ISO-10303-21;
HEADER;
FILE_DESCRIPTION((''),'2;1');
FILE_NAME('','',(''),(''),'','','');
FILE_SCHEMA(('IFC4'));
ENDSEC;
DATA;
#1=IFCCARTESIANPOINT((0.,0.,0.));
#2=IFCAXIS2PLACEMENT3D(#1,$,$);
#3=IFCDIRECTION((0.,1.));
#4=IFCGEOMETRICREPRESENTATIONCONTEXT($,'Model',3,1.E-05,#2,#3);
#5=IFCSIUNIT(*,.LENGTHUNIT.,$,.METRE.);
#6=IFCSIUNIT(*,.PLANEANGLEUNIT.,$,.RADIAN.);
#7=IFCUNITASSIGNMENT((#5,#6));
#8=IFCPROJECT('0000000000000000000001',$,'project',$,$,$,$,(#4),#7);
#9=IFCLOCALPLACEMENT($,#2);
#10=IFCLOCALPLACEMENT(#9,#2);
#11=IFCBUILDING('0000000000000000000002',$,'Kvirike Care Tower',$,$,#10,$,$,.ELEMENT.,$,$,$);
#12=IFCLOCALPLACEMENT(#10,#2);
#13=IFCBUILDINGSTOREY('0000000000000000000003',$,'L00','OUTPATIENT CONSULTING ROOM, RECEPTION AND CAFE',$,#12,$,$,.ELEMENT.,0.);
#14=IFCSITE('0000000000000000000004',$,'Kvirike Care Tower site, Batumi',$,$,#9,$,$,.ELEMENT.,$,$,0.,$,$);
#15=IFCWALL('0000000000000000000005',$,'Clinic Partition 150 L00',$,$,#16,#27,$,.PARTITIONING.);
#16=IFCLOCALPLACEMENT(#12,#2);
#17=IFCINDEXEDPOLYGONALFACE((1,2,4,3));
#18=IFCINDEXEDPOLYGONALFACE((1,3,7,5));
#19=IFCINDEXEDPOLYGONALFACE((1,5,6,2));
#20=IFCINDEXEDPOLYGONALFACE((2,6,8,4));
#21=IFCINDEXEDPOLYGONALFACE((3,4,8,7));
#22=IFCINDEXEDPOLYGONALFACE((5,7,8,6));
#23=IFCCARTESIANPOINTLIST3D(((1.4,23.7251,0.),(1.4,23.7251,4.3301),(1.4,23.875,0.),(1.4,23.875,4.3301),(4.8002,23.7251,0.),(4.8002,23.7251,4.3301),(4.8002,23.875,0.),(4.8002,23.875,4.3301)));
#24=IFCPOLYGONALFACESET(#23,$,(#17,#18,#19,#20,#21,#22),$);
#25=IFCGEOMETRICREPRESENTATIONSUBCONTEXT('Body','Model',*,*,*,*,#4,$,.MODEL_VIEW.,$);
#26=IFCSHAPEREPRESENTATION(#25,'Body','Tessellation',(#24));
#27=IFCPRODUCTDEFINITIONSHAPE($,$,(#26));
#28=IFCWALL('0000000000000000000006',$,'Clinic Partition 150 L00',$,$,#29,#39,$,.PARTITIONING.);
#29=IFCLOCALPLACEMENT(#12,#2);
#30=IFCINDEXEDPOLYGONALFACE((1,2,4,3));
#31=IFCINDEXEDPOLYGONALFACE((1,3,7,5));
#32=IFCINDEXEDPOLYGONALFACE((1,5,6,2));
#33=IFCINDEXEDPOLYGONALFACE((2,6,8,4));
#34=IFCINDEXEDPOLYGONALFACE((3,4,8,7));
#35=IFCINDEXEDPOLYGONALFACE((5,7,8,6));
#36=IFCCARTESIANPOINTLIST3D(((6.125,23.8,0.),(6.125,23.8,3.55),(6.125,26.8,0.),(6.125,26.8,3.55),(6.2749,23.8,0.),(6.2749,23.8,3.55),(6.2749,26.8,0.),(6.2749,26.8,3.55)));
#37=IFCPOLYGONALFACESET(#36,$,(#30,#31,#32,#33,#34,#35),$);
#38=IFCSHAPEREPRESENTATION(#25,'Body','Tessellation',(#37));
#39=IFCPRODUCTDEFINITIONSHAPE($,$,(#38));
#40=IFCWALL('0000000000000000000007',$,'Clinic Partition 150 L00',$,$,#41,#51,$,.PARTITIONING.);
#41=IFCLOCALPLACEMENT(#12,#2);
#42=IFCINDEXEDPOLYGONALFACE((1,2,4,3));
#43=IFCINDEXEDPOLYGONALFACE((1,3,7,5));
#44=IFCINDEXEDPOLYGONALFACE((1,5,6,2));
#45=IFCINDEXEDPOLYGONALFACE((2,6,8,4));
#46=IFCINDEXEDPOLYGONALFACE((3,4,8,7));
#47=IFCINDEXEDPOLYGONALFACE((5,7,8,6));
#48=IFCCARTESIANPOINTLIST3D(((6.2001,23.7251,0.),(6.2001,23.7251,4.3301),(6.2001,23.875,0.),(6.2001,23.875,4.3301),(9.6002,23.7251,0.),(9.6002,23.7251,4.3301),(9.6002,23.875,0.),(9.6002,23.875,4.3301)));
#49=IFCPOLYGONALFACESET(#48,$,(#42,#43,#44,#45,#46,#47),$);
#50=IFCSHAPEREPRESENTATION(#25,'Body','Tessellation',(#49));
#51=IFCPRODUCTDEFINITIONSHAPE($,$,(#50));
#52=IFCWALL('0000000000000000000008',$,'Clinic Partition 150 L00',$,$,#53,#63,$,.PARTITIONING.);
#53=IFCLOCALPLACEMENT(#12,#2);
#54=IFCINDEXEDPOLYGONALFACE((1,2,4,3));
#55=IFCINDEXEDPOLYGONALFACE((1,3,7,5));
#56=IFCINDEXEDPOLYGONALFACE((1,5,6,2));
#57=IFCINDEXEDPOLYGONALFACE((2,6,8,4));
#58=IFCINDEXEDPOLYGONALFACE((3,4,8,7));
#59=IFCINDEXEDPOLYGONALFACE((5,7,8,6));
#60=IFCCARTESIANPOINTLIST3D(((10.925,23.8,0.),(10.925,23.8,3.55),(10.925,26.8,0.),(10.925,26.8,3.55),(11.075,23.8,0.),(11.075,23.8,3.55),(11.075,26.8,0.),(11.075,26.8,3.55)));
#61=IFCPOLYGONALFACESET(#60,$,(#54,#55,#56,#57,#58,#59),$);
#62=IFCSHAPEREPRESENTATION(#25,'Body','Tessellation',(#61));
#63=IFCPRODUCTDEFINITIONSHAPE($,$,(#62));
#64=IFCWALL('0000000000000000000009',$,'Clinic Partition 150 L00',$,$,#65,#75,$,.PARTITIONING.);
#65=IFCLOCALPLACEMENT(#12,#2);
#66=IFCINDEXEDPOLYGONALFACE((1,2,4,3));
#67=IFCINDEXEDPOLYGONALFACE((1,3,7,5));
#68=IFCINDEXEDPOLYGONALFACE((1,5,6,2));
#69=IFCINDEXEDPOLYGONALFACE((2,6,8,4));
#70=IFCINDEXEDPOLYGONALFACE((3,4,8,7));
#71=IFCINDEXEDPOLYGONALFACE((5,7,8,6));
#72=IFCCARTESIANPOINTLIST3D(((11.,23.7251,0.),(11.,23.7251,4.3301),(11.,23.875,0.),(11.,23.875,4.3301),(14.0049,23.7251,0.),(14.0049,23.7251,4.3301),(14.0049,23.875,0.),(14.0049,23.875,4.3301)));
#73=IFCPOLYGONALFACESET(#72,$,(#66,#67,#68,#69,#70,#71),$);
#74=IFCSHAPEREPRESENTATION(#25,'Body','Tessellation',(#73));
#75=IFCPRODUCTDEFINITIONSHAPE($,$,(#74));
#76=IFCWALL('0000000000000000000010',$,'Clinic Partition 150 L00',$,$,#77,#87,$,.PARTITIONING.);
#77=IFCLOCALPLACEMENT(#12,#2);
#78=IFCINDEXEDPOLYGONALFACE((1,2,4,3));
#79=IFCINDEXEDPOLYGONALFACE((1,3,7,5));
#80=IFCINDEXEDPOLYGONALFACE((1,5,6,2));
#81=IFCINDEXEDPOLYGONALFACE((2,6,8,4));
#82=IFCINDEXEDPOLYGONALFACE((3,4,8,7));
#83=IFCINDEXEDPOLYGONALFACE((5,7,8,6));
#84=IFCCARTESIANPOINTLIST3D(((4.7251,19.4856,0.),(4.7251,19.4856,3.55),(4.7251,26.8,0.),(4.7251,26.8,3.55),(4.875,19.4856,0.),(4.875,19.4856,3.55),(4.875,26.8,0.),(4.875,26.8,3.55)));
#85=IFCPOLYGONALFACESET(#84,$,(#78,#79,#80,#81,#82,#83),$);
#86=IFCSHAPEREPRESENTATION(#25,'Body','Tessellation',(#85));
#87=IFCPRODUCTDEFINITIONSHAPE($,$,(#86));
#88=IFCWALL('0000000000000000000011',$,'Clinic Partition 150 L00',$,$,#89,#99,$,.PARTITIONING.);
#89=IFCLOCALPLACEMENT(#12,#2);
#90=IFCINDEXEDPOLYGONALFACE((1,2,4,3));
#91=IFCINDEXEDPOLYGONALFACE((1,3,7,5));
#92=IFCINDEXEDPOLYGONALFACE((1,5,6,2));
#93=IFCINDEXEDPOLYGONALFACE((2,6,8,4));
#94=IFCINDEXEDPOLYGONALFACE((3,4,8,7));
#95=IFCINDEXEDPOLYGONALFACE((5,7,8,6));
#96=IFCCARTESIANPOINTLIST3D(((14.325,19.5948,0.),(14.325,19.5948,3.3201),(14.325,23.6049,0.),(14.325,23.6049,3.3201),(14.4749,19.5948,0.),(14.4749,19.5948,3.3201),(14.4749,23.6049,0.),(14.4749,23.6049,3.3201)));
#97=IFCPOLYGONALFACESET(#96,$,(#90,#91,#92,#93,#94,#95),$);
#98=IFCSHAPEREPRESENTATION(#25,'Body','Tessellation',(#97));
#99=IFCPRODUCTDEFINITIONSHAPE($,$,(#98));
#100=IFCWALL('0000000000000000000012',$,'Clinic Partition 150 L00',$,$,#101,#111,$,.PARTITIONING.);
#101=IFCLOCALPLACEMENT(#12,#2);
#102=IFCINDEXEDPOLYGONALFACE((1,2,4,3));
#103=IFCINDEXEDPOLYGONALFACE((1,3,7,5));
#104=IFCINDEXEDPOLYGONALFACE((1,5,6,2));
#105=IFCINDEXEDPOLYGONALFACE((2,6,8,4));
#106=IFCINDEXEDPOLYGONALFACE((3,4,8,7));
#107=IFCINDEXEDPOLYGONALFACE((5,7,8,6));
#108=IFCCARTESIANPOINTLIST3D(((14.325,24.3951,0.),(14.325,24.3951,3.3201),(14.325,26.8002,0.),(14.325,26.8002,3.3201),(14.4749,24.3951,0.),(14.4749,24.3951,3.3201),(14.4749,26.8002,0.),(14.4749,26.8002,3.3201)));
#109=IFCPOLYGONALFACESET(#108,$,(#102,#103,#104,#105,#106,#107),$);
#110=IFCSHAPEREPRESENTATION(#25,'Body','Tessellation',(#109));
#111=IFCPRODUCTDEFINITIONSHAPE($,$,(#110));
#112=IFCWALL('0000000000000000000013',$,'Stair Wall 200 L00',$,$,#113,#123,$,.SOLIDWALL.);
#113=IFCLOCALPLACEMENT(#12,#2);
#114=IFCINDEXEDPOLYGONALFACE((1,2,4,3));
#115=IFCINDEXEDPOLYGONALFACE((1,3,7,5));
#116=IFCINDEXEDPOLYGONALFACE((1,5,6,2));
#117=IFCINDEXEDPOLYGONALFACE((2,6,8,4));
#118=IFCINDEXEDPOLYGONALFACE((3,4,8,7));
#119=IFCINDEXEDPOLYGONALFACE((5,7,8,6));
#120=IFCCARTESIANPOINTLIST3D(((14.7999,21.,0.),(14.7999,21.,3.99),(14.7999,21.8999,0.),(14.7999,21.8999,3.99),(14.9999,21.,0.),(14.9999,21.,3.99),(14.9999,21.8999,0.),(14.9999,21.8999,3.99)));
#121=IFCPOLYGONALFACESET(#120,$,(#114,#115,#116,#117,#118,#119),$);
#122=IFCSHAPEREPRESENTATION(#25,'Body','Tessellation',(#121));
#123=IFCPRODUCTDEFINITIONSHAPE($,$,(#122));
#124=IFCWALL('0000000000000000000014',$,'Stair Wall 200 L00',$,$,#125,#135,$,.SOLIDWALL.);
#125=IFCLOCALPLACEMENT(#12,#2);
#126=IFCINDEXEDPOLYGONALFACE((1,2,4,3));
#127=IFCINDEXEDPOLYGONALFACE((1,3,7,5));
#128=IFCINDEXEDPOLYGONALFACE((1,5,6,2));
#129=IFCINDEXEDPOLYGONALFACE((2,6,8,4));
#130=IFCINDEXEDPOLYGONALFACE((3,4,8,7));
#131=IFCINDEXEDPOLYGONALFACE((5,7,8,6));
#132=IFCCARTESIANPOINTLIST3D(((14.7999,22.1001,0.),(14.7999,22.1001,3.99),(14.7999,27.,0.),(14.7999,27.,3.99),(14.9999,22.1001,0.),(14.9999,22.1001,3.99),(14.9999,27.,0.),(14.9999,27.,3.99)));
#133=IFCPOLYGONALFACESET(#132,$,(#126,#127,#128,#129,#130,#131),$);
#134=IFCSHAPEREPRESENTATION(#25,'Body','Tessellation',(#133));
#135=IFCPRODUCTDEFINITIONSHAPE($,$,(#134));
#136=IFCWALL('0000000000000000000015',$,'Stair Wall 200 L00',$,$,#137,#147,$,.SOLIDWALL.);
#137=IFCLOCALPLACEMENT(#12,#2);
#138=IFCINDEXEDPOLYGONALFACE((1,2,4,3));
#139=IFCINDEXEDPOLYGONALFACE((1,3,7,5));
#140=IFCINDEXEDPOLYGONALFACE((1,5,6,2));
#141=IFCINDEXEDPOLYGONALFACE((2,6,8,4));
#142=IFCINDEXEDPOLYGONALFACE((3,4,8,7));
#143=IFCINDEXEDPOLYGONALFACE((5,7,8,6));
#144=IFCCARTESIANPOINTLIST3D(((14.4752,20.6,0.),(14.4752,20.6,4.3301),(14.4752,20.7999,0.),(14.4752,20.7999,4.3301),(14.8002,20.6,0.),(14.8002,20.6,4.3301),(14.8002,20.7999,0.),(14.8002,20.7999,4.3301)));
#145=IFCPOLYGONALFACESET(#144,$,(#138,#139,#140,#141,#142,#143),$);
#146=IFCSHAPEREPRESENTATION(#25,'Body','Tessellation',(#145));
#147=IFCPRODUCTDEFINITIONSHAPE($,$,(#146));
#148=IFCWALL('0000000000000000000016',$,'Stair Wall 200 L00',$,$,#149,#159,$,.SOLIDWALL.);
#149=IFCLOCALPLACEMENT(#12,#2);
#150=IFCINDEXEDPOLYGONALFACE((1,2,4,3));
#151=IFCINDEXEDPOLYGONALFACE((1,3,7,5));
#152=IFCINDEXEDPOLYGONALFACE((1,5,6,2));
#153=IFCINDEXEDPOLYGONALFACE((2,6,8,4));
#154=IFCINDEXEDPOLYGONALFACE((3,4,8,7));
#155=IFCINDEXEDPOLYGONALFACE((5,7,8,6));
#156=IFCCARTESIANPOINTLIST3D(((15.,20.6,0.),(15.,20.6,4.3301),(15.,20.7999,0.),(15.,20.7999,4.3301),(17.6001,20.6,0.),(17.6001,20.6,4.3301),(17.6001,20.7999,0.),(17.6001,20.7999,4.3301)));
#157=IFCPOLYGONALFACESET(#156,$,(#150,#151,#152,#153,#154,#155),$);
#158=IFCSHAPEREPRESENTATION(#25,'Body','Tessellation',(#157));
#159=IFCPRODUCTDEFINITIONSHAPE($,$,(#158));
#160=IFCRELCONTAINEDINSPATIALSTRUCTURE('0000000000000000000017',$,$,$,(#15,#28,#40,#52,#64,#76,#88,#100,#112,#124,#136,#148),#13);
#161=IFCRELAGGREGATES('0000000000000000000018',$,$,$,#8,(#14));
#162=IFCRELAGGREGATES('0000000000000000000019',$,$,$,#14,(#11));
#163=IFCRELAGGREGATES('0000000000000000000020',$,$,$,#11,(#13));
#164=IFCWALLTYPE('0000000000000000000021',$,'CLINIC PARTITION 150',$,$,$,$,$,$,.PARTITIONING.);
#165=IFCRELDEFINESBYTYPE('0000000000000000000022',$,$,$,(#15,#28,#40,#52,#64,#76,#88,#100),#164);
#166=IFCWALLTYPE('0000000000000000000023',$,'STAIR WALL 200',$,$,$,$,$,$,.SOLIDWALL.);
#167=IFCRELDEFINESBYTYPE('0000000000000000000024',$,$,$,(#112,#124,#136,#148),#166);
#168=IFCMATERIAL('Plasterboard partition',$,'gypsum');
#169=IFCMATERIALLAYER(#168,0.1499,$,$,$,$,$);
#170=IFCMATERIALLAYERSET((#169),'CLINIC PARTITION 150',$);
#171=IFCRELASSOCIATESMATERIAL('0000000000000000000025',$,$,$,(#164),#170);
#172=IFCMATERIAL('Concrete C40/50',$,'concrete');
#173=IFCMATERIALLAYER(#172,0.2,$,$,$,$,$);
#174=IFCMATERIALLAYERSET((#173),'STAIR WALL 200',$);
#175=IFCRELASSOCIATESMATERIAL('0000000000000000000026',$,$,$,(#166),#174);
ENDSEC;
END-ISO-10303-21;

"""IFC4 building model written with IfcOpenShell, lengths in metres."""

from ifc_helpers import new_model, si_unit, direction, frame, frame_2d, origin, place, context, subcontext, project, spatial, rectangle, extrude, material, layer, layer_set, type_object, element, save


model = new_model("IFC4")

# Units and contexts
model_context = context("Model", 3, precision=1e-05, world=origin(), true_north=direction((0.0, 1.0)))
body_context = subcontext(model_context, "Body", "Model", "MODEL_VIEW")
ifc_project = project(units=[si_unit("LENGTHUNIT", "METRE"), si_unit("PLANEANGLEUNIT", "RADIAN")], contexts=[model_context])

# Site, building, storey
site_placement = place(None, origin())
site = spatial("IfcSite", under=ifc_project, at=site_placement, Name="Kvirike Care Tower site, Batumi", CompositionType="ELEMENT", RefElevation=0.0)
building_placement = place(site_placement, origin())
building = spatial("IfcBuilding", under=site, at=building_placement, Name="Kvirike Care Tower", CompositionType="ELEMENT")
storey_placement = place(building_placement, origin())
storey = spatial("IfcBuildingStorey", under=building, at=storey_placement, Name="L00", Description="OUTPATIENT CONSULTING ROOM, RECEPTION AND CAFE", CompositionType="ELEMENT", Elevation=0.0)

# Walls
ifc_material_1 = material(Name="Plasterboard partition", Category="gypsum")
ifc_layer_1 = layer(ifc_material_1, 0.1499)
ifc_layer_set_1 = layer_set([ifc_layer_1], Name="CLINIC PARTITION 150")
wall_type_1 = type_object("IfcWallType", Name="CLINIC PARTITION 150", PredefinedType="PARTITIONING", material=ifc_layer_set_1)
wall_1_placement = place(storey_placement, frame((1.3999, 23.8, 0.0), z_axis=(0.0, 0.0, 1.0), x_axis=(1.0, 0.0, 0.0)))
element("IfcWall", 1, at=wall_1_placement, inside=storey, type_object=wall_type_1, Name="Clinic Partition 150 L00", PredefinedType="PARTITIONING", context=body_context, shape_type="SweptSolid", body=[
    extrude(rectangle(XDim=3.4001, YDim=0.1499, at=frame_2d((1.7002, 0.0))), origin(), (0.0, 0.0, 1.0), 4.3301),
])
wall_2_placement = place(storey_placement, frame((6.2, 23.8, 0.0), z_axis=(0.0, 0.0, 1.0), x_axis=(0.0, 1.0, 0.0)))
element("IfcWall", 2, at=wall_2_placement, inside=storey, type_object=wall_type_1, Name="Clinic Partition 150 L00", PredefinedType="PARTITIONING", context=body_context, shape_type="SweptSolid", body=[
    extrude(rectangle(XDim=3.0, YDim=0.1499, at=frame_2d((1.5, 0.0))), origin(), (0.0, 0.0, 1.0), 3.55),
])
wall_3_placement = place(storey_placement, frame((6.2, 23.8, 0.0), z_axis=(0.0, 0.0, 1.0), x_axis=(1.0, 0.0, 0.0)))
element("IfcWall", 3, at=wall_3_placement, inside=storey, type_object=wall_type_1, Name="Clinic Partition 150 L00", PredefinedType="PARTITIONING", context=body_context, shape_type="SweptSolid", body=[
    extrude(rectangle(XDim=3.4001, YDim=0.1499, at=frame_2d((1.7002, 0.0))), origin(), (0.0, 0.0, 1.0), 4.3301),
])
wall_4_placement = place(storey_placement, frame((11.0, 23.8, 0.0), z_axis=(0.0, 0.0, 1.0), x_axis=(0.0, 1.0, 0.0)))
element("IfcWall", 4, at=wall_4_placement, inside=storey, type_object=wall_type_1, Name="Clinic Partition 150 L00", PredefinedType="PARTITIONING", context=body_context, shape_type="SweptSolid", body=[
    extrude(rectangle(XDim=3.0, YDim=0.1499, at=frame_2d((1.5, 0.0))), origin(), (0.0, 0.0, 1.0), 3.55),
])
wall_5_placement = place(storey_placement, frame((11.0, 23.8, 0.0), z_axis=(0.0, 0.0, 1.0), x_axis=(1.0, 0.0, 0.0)))
element("IfcWall", 5, at=wall_5_placement, inside=storey, type_object=wall_type_1, Name="Clinic Partition 150 L00", PredefinedType="PARTITIONING", context=body_context, shape_type="SweptSolid", body=[
    extrude(rectangle(XDim=3.0049, YDim=0.1499, at=frame_2d((1.5024, 0.0))), origin(), (0.0, 0.0, 1.0), 4.3301),
])
wall_6_placement = place(storey_placement, frame((4.8, 19.4856, 0.0), z_axis=(0.0, 0.0, 1.0), x_axis=(0.0, 1.0, 0.0)))
element("IfcWall", 6, at=wall_6_placement, inside=storey, type_object=wall_type_1, Name="Clinic Partition 150 L00", PredefinedType="PARTITIONING", context=body_context, shape_type="SweptSolid", body=[
    extrude(rectangle(XDim=7.3145, YDim=0.1499, at=frame_2d((3.6572, 0.0))), origin(), (0.0, 0.0, 1.0), 3.55),
])
wall_7_placement = place(storey_placement, frame((14.3999, 19.595, 0.0), z_axis=(0.0, 0.0, 1.0), x_axis=(0.0, 1.0, 0.0)))
element("IfcWall", 7, at=wall_7_placement, inside=storey, type_object=wall_type_1, Name="Clinic Partition 150 L00", PredefinedType="PARTITIONING", context=body_context, shape_type="SweptSolid", body=[
    extrude(rectangle(XDim=4.01, YDim=0.1499, at=frame_2d((2.0049, 0.0))), origin(), (0.0, 0.0, 1.0), 3.3201),
])
wall_8_placement = place(storey_placement, frame((14.3999, 24.395, 0.0), z_axis=(0.0, 0.0, 1.0), x_axis=(0.0, 1.0, 0.0)))
element("IfcWall", 8, at=wall_8_placement, inside=storey, type_object=wall_type_1, Name="Clinic Partition 150 L00", PredefinedType="PARTITIONING", context=body_context, shape_type="SweptSolid", body=[
    extrude(rectangle(XDim=2.405, YDim=0.1499, at=frame_2d((1.2026, 0.0))), origin(), (0.0, 0.0, 1.0), 3.3201),
])
ifc_material_2 = material(Name="Concrete C40/50", Category="concrete")
ifc_layer_2 = layer(ifc_material_2, 0.2)
ifc_layer_set_2 = layer_set([ifc_layer_2], Name="STAIR WALL 200")
wall_type_2 = type_object("IfcWallType", Name="STAIR WALL 200", PredefinedType="SOLIDWALL", material=ifc_layer_set_2)
wall_9_placement = place(storey_placement, frame((14.8999, 21.0, 0.0), z_axis=(0.0, 0.0, 1.0), x_axis=(0.0, 1.0, 0.0)))
element("IfcWall", 9, at=wall_9_placement, inside=storey, type_object=wall_type_2, Name="Stair Wall 200 L00", PredefinedType="SOLIDWALL", context=body_context, shape_type="SweptSolid", body=[
    extrude(rectangle(XDim=0.8999, YDim=0.2, at=frame_2d((0.45, 0.0))), origin(), (0.0, 0.0, 1.0), 3.99),
])
wall_10_placement = place(storey_placement, frame((14.8999, 22.1001, 0.0), z_axis=(0.0, 0.0, 1.0), x_axis=(0.0, 1.0, 0.0)))
element("IfcWall", 10, at=wall_10_placement, inside=storey, type_object=wall_type_2, Name="Stair Wall 200 L00", PredefinedType="SOLIDWALL", context=body_context, shape_type="SweptSolid", body=[
    extrude(rectangle(XDim=4.8999, YDim=0.2, at=frame_2d((2.45, 0.0))), origin(), (0.0, 0.0, 1.0), 3.99),
])
wall_11_placement = place(storey_placement, frame((14.4751, 20.7, 0.0), z_axis=(0.0, 0.0, 1.0), x_axis=(1.0, 0.0, 0.0)))
element("IfcWall", 11, at=wall_11_placement, inside=storey, type_object=wall_type_2, Name="Stair Wall 200 L00", PredefinedType="SOLIDWALL", context=body_context, shape_type="SweptSolid", body=[
    extrude(rectangle(XDim=0.325, YDim=0.2, at=frame_2d((0.1626, 0.0))), origin(), (0.0, 0.0, 1.0), 4.3301),
])
wall_12_placement = place(storey_placement, frame((15.0, 20.7, 0.0), z_axis=(0.0, 0.0, 1.0), x_axis=(1.0, 0.0, 0.0)))
element("IfcWall", 12, at=wall_12_placement, inside=storey, type_object=wall_type_2, Name="Stair Wall 200 L00", PredefinedType="SOLIDWALL", context=body_context, shape_type="SweptSolid", body=[
    extrude(rectangle(XDim=2.6001, YDim=0.2, at=frame_2d((1.3, 0.0))), origin(), (0.0, 0.0, 1.0), 4.3301),
])

save(model, "model.ifc")
